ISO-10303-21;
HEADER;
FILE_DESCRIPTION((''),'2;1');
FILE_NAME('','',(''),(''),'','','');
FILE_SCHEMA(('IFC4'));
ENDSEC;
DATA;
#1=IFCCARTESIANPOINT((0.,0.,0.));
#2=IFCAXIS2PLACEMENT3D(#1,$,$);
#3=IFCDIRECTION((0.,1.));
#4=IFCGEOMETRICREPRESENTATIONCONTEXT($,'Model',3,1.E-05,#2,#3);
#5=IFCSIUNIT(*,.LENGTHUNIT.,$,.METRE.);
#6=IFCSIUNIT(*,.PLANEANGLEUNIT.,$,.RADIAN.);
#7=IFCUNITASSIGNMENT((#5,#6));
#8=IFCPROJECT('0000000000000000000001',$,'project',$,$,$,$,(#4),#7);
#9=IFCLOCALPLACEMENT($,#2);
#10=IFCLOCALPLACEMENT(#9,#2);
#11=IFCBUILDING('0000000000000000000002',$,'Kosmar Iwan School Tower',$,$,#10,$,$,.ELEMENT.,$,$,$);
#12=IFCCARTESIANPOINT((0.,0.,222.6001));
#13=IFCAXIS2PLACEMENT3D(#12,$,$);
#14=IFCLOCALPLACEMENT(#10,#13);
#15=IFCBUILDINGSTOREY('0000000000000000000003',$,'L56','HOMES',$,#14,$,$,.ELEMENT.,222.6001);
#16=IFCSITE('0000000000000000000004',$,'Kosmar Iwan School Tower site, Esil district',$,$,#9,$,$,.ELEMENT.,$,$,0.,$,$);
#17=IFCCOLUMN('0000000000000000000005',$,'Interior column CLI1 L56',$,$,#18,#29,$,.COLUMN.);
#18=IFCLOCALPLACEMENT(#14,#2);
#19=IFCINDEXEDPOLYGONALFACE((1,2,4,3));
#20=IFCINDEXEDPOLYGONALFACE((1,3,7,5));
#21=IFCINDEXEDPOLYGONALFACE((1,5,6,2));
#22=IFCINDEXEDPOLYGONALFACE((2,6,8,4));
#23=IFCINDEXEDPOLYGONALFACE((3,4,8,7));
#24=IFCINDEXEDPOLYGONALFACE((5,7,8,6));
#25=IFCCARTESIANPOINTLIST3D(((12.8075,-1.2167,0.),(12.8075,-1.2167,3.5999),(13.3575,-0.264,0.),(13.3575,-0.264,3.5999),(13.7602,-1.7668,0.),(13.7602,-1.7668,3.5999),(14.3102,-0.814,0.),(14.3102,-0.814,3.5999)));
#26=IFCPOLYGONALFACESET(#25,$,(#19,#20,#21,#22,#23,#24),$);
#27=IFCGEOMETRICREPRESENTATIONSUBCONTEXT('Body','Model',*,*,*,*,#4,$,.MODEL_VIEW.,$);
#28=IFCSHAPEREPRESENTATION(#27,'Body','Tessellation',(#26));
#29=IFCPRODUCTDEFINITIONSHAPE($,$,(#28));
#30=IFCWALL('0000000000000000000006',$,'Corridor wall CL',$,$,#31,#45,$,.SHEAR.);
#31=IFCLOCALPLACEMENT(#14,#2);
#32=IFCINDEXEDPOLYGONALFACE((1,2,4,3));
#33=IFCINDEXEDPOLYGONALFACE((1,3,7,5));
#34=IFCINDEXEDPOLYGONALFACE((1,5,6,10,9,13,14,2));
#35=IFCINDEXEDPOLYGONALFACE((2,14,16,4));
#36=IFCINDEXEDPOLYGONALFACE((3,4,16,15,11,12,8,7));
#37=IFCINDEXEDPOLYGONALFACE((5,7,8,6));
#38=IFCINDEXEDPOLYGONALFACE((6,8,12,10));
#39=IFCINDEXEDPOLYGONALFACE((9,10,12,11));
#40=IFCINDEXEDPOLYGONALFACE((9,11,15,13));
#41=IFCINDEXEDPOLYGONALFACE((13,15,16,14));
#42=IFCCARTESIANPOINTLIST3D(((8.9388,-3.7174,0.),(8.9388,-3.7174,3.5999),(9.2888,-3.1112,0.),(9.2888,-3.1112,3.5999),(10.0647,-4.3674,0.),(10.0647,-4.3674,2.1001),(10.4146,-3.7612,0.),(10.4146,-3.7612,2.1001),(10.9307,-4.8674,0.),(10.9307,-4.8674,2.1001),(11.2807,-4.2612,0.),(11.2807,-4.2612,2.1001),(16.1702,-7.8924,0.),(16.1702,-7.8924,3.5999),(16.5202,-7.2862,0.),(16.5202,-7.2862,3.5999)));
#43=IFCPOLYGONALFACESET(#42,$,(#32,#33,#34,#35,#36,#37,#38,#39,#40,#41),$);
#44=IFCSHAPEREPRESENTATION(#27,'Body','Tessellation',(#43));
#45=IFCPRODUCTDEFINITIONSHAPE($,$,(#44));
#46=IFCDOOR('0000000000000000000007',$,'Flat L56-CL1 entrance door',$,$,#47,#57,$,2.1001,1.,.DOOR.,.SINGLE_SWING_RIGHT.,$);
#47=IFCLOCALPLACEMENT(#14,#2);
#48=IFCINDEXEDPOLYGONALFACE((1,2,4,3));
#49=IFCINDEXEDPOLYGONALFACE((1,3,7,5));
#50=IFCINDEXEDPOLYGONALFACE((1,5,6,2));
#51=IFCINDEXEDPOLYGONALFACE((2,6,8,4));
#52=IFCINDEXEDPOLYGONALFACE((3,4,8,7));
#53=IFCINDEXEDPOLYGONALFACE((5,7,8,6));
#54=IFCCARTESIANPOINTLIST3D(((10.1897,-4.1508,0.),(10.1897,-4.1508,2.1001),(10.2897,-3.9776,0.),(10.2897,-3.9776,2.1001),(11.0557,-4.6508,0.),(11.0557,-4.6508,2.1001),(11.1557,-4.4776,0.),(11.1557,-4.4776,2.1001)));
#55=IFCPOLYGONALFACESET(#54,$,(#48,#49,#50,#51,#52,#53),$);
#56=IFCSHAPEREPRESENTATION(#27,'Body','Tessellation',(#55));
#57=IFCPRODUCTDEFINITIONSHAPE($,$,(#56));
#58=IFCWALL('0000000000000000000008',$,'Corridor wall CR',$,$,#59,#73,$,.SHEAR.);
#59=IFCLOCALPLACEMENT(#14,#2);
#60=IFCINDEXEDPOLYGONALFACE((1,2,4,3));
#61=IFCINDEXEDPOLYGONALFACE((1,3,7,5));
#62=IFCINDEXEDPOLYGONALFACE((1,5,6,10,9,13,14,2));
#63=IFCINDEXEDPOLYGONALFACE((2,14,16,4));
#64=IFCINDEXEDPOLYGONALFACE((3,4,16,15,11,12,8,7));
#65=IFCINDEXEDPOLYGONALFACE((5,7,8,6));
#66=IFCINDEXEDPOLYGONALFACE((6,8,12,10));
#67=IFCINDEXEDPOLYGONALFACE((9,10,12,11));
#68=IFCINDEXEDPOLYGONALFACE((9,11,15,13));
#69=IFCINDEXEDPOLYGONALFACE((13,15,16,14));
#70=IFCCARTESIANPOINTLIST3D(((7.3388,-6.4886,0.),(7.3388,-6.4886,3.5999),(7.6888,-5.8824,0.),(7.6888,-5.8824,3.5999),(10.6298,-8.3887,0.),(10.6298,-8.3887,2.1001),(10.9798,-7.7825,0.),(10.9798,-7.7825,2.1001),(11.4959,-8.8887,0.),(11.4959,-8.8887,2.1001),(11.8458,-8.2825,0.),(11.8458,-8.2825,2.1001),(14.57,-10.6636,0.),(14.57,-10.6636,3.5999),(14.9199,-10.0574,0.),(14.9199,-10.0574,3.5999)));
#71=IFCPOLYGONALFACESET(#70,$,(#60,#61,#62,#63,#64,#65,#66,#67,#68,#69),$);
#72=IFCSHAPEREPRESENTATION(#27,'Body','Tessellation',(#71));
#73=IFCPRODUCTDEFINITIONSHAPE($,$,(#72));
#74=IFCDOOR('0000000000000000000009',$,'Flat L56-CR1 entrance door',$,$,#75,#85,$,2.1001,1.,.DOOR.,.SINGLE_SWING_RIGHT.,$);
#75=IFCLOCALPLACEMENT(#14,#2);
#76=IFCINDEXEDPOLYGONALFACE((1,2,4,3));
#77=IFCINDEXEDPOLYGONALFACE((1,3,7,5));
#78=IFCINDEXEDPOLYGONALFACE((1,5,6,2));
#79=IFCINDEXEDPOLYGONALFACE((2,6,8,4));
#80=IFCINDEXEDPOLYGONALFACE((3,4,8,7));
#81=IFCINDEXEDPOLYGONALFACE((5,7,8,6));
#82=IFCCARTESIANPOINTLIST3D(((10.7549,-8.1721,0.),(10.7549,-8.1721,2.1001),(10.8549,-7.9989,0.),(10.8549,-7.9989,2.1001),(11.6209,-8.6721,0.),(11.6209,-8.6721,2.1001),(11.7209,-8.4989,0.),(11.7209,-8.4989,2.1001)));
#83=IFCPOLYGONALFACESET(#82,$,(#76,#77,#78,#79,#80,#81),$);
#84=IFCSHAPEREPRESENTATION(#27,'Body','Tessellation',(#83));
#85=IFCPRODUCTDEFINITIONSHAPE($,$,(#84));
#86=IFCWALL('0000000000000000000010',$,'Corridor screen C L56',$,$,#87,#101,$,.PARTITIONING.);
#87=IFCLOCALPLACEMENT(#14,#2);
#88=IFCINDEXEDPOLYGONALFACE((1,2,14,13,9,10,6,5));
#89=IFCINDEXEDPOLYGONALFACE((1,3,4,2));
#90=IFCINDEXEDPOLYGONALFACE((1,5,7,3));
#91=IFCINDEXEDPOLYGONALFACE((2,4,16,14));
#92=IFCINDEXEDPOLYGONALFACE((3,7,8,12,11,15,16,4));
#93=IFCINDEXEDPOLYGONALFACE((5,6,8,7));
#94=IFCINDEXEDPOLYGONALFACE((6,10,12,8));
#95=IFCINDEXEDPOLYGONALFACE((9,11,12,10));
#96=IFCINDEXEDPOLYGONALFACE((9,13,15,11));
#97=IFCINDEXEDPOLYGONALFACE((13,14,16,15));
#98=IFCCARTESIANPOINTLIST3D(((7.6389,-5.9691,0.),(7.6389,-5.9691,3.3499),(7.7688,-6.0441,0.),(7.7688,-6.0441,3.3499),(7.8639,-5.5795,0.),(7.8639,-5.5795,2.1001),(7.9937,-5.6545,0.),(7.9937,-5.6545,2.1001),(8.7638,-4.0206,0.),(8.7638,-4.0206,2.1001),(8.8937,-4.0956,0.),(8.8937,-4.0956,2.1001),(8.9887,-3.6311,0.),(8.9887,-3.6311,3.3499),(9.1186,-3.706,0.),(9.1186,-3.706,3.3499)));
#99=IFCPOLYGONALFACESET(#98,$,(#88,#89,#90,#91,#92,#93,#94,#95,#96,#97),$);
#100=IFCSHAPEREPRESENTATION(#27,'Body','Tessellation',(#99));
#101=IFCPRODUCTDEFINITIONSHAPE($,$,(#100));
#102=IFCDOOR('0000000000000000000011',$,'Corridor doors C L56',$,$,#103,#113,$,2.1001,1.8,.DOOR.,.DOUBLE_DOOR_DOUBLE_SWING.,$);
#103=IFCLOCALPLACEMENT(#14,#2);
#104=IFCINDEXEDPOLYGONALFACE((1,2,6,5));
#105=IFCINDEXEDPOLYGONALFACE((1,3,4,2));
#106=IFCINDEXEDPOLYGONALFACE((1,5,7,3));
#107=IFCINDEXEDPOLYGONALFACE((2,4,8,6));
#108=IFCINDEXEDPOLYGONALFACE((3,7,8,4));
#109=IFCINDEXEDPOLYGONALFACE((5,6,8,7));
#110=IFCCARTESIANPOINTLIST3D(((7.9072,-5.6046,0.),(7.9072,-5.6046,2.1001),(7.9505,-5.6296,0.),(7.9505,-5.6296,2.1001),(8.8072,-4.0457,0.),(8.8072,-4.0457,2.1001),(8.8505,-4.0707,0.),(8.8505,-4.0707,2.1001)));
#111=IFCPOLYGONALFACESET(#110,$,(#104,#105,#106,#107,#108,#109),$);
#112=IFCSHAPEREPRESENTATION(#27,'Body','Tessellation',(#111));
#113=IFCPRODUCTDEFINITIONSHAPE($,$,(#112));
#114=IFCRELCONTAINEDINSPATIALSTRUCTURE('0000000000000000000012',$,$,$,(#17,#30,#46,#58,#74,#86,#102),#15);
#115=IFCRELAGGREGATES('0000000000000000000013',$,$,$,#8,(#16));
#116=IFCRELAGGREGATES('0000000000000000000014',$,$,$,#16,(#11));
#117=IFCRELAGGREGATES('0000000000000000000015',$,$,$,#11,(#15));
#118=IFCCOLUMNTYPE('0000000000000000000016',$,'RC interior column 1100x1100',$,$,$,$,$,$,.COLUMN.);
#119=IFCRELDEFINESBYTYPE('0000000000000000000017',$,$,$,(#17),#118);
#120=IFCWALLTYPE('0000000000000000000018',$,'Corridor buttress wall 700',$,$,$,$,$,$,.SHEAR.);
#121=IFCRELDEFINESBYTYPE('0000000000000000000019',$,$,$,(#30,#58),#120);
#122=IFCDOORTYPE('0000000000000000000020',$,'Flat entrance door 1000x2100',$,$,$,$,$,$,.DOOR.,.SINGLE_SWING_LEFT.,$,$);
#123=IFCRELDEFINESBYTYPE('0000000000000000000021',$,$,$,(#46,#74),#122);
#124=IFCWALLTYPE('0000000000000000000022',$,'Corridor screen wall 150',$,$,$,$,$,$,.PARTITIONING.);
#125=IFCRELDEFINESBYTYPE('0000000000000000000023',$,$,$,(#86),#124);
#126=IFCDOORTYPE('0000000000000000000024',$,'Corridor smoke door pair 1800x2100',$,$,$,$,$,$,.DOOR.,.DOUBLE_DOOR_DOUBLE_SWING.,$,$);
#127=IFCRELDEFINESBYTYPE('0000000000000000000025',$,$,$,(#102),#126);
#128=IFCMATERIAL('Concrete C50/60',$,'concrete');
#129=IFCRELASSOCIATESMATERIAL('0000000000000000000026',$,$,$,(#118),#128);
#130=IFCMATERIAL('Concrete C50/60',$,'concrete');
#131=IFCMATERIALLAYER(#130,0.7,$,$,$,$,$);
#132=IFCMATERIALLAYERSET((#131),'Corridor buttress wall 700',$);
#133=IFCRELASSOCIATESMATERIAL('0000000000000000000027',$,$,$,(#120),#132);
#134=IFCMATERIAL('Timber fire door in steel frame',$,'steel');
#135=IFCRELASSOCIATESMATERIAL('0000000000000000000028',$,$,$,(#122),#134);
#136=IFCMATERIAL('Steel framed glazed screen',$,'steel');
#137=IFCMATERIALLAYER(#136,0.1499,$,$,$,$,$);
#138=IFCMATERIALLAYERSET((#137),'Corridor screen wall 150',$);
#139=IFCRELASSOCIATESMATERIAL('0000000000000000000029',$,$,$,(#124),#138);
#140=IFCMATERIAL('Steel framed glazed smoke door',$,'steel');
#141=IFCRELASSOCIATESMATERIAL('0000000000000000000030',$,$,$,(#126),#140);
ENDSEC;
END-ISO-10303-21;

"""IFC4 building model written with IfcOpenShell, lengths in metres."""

from ifc_helpers import new_model, si_unit, direction, frame, frame_2d, origin, origin_2d, place, context, subcontext, project, spatial, rectangle, extrude, material, layer, layer_set, material_profile, profile_set, type_object, element, fill, save


model = new_model("IFC4")

# Units and contexts
model_context = context("Model", 3, precision=1e-05, world=origin(), true_north=direction((0.0, 1.0)))
body_context = subcontext(model_context, "Body", "Model", "MODEL_VIEW")
ifc_project = project(units=[si_unit("LENGTHUNIT", "METRE"), si_unit("PLANEANGLEUNIT", "RADIAN")], contexts=[model_context])

# Site, building, storey
site_placement = place(None, origin())
site = spatial("IfcSite", under=ifc_project, at=site_placement, Name="Kosmar Iwan School Tower site, Esil district", CompositionType="ELEMENT", RefElevation=0.0)
building_placement = place(site_placement, origin())
building = spatial("IfcBuilding", under=site, at=building_placement, Name="Kosmar Iwan School Tower", CompositionType="ELEMENT")
storey_placement = place(building_placement, frame((0.0, 0.0, 222.6001)))
storey = spatial("IfcBuildingStorey", under=building, at=storey_placement, Name="L56", Description="HOMES", CompositionType="ELEMENT", Elevation=222.6001)

# Column
ifc_material_1 = material(Name="Concrete C50/60", Category="concrete")
ifc_material_profile = material_profile(ifc_material_1, rectangle(XDim=1.1001, YDim=1.1001, at=origin_2d()), Name="RC 1100x1100")
ifc_profile_set = profile_set([ifc_material_profile], Name="Concrete C50/60")
column_type = type_object("IfcColumnType", Name="RC interior column 1100x1100", PredefinedType="COLUMN", material=ifc_profile_set)
column_placement = place(storey_placement, frame((13.5588, -1.0154, 0.0), z_axis=(0.0, 0.0, 1.0), x_axis=(0.866025, -0.5, 0.0)))
element("IfcColumn", 1, at=column_placement, inside=storey, type_object=column_type, Name="Interior column CLI1 L56", PredefinedType="COLUMN", context=body_context, shape_type="SweptSolid", body=[
    extrude(rectangle(XDim=1.1001, YDim=1.1001, at=origin_2d()), origin(), (0.0, 0.0, 1.0), 3.5999),
])

# Walls, openings, doors
ifc_material_2 = material(Name="Concrete C50/60", Category="concrete")
ifc_layer_1 = layer(ifc_material_2, 0.7)
ifc_layer_set_1 = layer_set([ifc_layer_1], Name="Corridor buttress wall 700")
wall_type_1 = type_object("IfcWallType", Name="Corridor buttress wall 700", PredefinedType="SHEAR", material=ifc_layer_set_1)
wall_1_placement = place(storey_placement, frame((9.1138, -3.4143, 0.0), z_axis=(0.0, 0.0, 1.0), x_axis=(0.866027, -0.499997, 0.0)))
wall_1 = element("IfcWall", 2, at=wall_1_placement, inside=storey, type_object=wall_type_1, Name="Corridor wall CL", PredefinedType="SHEAR", context=body_context, shape_type="SweptSolid", body=[
    extrude(rectangle(XDim=8.3501, YDim=0.7, at=frame_2d((4.175, 0.0))), origin(), (0.0, 0.0, 1.0), 3.5999),
])
opening_1_placement = place(wall_1_placement, frame((1.3, 0.0, 0.0)))
opening_1 = element("IfcOpeningElement", 3, at=opening_1_placement, cuts=wall_1, PredefinedType="OPENING", context=body_context, shape_type="SweptSolid", body=[
    extrude(rectangle(XDim=1.0, YDim=2.1001, at=frame_2d((0.5, 1.05))), frame((0.0, 0.3621, 0.0), z_axis=(0.0, -1.0, 0.0), x_axis=(1.0, 0.0, 0.0)), (0.0, 0.0, 1.0), 0.7239),
])
ifc_material_3 = material(Name="Timber fire door in steel frame", Category="steel")
door_type_1 = type_object("IfcDoorType", Name="Flat entrance door 1000x2100", OperationType="SINGLE_SWING_LEFT", PredefinedType="DOOR", material=ifc_material_3)
door_1_placement = place(opening_1_placement, origin())
door_1 = element("IfcDoor", 4, at=door_1_placement, inside=storey, type_object=door_type_1, Name="Flat L56-CL1 entrance door", OperationType="SINGLE_SWING_RIGHT", OverallHeight=2.1001, OverallWidth=1.0, PredefinedType="DOOR", context=body_context, shape_type="SweptSolid", body=[
    extrude(rectangle(XDim=1.0, YDim=2.1001, at=frame_2d((0.5, 1.05))), frame((0.0, 0.1001, 0.0), z_axis=(0.0, -1.0, 0.0), x_axis=(1.0, 0.0, 0.0)), (0.0, 0.0, 1.0), 0.2),
])
fill(opening_1, door_1)
wall_2_placement = place(storey_placement, frame((7.5139, -6.1855, 0.0), z_axis=(0.0, 0.0, 1.0), x_axis=(0.86602, -0.50001, 0.0)))
wall_2 = element("IfcWall", 5, at=wall_2_placement, inside=storey, type_object=wall_type_1, Name="Corridor wall CR", PredefinedType="SHEAR", context=body_context, shape_type="SweptSolid", body=[
    extrude(rectangle(XDim=8.3499, YDim=0.7, at=frame_2d((4.1748, 0.0))), origin(), (0.0, 0.0, 1.0), 3.5999),
])
opening_2_placement = place(wall_2_placement, frame((3.8, 0.0, 0.0)))
opening_2 = element("IfcOpeningElement", 6, at=opening_2_placement, cuts=wall_2, PredefinedType="OPENING", context=body_context, shape_type="SweptSolid", body=[
    extrude(rectangle(XDim=1.0, YDim=2.1001, at=frame_2d((0.5, 1.05))), frame((0.0, 0.3621, 0.0), z_axis=(0.0, -1.0, 0.0), x_axis=(1.0, 0.0, 0.0)), (0.0, 0.0, 1.0), 0.7239),
])
door_2_placement = place(opening_2_placement, origin())
door_2 = element("IfcDoor", 7, at=door_2_placement, inside=storey, type_object=door_type_1, Name="Flat L56-CR1 entrance door", OperationType="SINGLE_SWING_RIGHT", OverallHeight=2.1001, OverallWidth=1.0, PredefinedType="DOOR", context=body_context, shape_type="SweptSolid", body=[
    extrude(rectangle(XDim=1.0, YDim=2.1001, at=frame_2d((0.5, 1.05))), frame((0.0, 0.1001, 0.0), z_axis=(0.0, -1.0, 0.0), x_axis=(1.0, 0.0, 0.0)), (0.0, 0.0, 1.0), 0.2),
])
fill(opening_2, door_2)
ifc_material_4 = material(Name="Steel framed glazed screen", Category="steel")
ifc_layer_2 = layer(ifc_material_4, 0.1499)
ifc_layer_set_2 = layer_set([ifc_layer_2], Name="Corridor screen wall 150")
wall_type_2 = type_object("IfcWallType", Name="Corridor screen wall 150", PredefinedType="PARTITIONING", material=ifc_layer_set_2)
wall_3_placement = place(storey_placement, frame((7.7039, -6.0066, 0.0), z_axis=(0.0, 0.0, 1.0), x_axis=(0.499981, 0.866037, 0.0)))
wall_3 = element("IfcWall", 8, at=wall_3_placement, inside=storey, type_object=wall_type_2, Name="Corridor screen C L56", PredefinedType="PARTITIONING", context=body_context, shape_type="SweptSolid", body=[
    extrude(rectangle(XDim=2.6997, YDim=0.1499, at=frame_2d((1.3499, 0.0))), origin(), (0.0, 0.0, 1.0), 3.3499),
])
opening_3_placement = place(wall_3_placement, frame((0.45, 0.0, 0.0)))
opening_3 = element("IfcOpeningElement", 9, at=opening_3_placement, cuts=wall_3, PredefinedType="OPENING", context=body_context, shape_type="SweptSolid", body=[
    extrude(rectangle(XDim=1.8, YDim=2.1001, at=frame_2d((0.8999, 1.05))), frame((0.0, 0.0869, 0.0), z_axis=(0.0, -1.0, 0.0), x_axis=(1.0, 0.0, 0.0)), (0.0, 0.0, 1.0), 0.1738),
])
ifc_material_5 = material(Name="Steel framed glazed smoke door", Category="steel")
door_type_2 = type_object("IfcDoorType", Name="Corridor smoke door pair 1800x2100", OperationType="DOUBLE_DOOR_DOUBLE_SWING", PredefinedType="DOOR", material=ifc_material_5)
door_3_placement = place(opening_3_placement, origin())
door_3 = element("IfcDoor", 10, at=door_3_placement, inside=storey, type_object=door_type_2, Name="Corridor doors C L56", OperationType="DOUBLE_DOOR_DOUBLE_SWING", OverallHeight=2.1001, OverallWidth=1.8, PredefinedType="DOOR", context=body_context, shape_type="SweptSolid", body=[
    extrude(rectangle(XDim=1.8, YDim=2.1001, at=frame_2d((0.8999, 1.05))), frame((0.0, 0.0249, 0.0), z_axis=(0.0, -1.0, 0.0), x_axis=(1.0, 0.0, 0.0)), (0.0, 0.0, 1.0), 0.05),
])
fill(opening_3, door_3)

save(model, "model.ifc")
